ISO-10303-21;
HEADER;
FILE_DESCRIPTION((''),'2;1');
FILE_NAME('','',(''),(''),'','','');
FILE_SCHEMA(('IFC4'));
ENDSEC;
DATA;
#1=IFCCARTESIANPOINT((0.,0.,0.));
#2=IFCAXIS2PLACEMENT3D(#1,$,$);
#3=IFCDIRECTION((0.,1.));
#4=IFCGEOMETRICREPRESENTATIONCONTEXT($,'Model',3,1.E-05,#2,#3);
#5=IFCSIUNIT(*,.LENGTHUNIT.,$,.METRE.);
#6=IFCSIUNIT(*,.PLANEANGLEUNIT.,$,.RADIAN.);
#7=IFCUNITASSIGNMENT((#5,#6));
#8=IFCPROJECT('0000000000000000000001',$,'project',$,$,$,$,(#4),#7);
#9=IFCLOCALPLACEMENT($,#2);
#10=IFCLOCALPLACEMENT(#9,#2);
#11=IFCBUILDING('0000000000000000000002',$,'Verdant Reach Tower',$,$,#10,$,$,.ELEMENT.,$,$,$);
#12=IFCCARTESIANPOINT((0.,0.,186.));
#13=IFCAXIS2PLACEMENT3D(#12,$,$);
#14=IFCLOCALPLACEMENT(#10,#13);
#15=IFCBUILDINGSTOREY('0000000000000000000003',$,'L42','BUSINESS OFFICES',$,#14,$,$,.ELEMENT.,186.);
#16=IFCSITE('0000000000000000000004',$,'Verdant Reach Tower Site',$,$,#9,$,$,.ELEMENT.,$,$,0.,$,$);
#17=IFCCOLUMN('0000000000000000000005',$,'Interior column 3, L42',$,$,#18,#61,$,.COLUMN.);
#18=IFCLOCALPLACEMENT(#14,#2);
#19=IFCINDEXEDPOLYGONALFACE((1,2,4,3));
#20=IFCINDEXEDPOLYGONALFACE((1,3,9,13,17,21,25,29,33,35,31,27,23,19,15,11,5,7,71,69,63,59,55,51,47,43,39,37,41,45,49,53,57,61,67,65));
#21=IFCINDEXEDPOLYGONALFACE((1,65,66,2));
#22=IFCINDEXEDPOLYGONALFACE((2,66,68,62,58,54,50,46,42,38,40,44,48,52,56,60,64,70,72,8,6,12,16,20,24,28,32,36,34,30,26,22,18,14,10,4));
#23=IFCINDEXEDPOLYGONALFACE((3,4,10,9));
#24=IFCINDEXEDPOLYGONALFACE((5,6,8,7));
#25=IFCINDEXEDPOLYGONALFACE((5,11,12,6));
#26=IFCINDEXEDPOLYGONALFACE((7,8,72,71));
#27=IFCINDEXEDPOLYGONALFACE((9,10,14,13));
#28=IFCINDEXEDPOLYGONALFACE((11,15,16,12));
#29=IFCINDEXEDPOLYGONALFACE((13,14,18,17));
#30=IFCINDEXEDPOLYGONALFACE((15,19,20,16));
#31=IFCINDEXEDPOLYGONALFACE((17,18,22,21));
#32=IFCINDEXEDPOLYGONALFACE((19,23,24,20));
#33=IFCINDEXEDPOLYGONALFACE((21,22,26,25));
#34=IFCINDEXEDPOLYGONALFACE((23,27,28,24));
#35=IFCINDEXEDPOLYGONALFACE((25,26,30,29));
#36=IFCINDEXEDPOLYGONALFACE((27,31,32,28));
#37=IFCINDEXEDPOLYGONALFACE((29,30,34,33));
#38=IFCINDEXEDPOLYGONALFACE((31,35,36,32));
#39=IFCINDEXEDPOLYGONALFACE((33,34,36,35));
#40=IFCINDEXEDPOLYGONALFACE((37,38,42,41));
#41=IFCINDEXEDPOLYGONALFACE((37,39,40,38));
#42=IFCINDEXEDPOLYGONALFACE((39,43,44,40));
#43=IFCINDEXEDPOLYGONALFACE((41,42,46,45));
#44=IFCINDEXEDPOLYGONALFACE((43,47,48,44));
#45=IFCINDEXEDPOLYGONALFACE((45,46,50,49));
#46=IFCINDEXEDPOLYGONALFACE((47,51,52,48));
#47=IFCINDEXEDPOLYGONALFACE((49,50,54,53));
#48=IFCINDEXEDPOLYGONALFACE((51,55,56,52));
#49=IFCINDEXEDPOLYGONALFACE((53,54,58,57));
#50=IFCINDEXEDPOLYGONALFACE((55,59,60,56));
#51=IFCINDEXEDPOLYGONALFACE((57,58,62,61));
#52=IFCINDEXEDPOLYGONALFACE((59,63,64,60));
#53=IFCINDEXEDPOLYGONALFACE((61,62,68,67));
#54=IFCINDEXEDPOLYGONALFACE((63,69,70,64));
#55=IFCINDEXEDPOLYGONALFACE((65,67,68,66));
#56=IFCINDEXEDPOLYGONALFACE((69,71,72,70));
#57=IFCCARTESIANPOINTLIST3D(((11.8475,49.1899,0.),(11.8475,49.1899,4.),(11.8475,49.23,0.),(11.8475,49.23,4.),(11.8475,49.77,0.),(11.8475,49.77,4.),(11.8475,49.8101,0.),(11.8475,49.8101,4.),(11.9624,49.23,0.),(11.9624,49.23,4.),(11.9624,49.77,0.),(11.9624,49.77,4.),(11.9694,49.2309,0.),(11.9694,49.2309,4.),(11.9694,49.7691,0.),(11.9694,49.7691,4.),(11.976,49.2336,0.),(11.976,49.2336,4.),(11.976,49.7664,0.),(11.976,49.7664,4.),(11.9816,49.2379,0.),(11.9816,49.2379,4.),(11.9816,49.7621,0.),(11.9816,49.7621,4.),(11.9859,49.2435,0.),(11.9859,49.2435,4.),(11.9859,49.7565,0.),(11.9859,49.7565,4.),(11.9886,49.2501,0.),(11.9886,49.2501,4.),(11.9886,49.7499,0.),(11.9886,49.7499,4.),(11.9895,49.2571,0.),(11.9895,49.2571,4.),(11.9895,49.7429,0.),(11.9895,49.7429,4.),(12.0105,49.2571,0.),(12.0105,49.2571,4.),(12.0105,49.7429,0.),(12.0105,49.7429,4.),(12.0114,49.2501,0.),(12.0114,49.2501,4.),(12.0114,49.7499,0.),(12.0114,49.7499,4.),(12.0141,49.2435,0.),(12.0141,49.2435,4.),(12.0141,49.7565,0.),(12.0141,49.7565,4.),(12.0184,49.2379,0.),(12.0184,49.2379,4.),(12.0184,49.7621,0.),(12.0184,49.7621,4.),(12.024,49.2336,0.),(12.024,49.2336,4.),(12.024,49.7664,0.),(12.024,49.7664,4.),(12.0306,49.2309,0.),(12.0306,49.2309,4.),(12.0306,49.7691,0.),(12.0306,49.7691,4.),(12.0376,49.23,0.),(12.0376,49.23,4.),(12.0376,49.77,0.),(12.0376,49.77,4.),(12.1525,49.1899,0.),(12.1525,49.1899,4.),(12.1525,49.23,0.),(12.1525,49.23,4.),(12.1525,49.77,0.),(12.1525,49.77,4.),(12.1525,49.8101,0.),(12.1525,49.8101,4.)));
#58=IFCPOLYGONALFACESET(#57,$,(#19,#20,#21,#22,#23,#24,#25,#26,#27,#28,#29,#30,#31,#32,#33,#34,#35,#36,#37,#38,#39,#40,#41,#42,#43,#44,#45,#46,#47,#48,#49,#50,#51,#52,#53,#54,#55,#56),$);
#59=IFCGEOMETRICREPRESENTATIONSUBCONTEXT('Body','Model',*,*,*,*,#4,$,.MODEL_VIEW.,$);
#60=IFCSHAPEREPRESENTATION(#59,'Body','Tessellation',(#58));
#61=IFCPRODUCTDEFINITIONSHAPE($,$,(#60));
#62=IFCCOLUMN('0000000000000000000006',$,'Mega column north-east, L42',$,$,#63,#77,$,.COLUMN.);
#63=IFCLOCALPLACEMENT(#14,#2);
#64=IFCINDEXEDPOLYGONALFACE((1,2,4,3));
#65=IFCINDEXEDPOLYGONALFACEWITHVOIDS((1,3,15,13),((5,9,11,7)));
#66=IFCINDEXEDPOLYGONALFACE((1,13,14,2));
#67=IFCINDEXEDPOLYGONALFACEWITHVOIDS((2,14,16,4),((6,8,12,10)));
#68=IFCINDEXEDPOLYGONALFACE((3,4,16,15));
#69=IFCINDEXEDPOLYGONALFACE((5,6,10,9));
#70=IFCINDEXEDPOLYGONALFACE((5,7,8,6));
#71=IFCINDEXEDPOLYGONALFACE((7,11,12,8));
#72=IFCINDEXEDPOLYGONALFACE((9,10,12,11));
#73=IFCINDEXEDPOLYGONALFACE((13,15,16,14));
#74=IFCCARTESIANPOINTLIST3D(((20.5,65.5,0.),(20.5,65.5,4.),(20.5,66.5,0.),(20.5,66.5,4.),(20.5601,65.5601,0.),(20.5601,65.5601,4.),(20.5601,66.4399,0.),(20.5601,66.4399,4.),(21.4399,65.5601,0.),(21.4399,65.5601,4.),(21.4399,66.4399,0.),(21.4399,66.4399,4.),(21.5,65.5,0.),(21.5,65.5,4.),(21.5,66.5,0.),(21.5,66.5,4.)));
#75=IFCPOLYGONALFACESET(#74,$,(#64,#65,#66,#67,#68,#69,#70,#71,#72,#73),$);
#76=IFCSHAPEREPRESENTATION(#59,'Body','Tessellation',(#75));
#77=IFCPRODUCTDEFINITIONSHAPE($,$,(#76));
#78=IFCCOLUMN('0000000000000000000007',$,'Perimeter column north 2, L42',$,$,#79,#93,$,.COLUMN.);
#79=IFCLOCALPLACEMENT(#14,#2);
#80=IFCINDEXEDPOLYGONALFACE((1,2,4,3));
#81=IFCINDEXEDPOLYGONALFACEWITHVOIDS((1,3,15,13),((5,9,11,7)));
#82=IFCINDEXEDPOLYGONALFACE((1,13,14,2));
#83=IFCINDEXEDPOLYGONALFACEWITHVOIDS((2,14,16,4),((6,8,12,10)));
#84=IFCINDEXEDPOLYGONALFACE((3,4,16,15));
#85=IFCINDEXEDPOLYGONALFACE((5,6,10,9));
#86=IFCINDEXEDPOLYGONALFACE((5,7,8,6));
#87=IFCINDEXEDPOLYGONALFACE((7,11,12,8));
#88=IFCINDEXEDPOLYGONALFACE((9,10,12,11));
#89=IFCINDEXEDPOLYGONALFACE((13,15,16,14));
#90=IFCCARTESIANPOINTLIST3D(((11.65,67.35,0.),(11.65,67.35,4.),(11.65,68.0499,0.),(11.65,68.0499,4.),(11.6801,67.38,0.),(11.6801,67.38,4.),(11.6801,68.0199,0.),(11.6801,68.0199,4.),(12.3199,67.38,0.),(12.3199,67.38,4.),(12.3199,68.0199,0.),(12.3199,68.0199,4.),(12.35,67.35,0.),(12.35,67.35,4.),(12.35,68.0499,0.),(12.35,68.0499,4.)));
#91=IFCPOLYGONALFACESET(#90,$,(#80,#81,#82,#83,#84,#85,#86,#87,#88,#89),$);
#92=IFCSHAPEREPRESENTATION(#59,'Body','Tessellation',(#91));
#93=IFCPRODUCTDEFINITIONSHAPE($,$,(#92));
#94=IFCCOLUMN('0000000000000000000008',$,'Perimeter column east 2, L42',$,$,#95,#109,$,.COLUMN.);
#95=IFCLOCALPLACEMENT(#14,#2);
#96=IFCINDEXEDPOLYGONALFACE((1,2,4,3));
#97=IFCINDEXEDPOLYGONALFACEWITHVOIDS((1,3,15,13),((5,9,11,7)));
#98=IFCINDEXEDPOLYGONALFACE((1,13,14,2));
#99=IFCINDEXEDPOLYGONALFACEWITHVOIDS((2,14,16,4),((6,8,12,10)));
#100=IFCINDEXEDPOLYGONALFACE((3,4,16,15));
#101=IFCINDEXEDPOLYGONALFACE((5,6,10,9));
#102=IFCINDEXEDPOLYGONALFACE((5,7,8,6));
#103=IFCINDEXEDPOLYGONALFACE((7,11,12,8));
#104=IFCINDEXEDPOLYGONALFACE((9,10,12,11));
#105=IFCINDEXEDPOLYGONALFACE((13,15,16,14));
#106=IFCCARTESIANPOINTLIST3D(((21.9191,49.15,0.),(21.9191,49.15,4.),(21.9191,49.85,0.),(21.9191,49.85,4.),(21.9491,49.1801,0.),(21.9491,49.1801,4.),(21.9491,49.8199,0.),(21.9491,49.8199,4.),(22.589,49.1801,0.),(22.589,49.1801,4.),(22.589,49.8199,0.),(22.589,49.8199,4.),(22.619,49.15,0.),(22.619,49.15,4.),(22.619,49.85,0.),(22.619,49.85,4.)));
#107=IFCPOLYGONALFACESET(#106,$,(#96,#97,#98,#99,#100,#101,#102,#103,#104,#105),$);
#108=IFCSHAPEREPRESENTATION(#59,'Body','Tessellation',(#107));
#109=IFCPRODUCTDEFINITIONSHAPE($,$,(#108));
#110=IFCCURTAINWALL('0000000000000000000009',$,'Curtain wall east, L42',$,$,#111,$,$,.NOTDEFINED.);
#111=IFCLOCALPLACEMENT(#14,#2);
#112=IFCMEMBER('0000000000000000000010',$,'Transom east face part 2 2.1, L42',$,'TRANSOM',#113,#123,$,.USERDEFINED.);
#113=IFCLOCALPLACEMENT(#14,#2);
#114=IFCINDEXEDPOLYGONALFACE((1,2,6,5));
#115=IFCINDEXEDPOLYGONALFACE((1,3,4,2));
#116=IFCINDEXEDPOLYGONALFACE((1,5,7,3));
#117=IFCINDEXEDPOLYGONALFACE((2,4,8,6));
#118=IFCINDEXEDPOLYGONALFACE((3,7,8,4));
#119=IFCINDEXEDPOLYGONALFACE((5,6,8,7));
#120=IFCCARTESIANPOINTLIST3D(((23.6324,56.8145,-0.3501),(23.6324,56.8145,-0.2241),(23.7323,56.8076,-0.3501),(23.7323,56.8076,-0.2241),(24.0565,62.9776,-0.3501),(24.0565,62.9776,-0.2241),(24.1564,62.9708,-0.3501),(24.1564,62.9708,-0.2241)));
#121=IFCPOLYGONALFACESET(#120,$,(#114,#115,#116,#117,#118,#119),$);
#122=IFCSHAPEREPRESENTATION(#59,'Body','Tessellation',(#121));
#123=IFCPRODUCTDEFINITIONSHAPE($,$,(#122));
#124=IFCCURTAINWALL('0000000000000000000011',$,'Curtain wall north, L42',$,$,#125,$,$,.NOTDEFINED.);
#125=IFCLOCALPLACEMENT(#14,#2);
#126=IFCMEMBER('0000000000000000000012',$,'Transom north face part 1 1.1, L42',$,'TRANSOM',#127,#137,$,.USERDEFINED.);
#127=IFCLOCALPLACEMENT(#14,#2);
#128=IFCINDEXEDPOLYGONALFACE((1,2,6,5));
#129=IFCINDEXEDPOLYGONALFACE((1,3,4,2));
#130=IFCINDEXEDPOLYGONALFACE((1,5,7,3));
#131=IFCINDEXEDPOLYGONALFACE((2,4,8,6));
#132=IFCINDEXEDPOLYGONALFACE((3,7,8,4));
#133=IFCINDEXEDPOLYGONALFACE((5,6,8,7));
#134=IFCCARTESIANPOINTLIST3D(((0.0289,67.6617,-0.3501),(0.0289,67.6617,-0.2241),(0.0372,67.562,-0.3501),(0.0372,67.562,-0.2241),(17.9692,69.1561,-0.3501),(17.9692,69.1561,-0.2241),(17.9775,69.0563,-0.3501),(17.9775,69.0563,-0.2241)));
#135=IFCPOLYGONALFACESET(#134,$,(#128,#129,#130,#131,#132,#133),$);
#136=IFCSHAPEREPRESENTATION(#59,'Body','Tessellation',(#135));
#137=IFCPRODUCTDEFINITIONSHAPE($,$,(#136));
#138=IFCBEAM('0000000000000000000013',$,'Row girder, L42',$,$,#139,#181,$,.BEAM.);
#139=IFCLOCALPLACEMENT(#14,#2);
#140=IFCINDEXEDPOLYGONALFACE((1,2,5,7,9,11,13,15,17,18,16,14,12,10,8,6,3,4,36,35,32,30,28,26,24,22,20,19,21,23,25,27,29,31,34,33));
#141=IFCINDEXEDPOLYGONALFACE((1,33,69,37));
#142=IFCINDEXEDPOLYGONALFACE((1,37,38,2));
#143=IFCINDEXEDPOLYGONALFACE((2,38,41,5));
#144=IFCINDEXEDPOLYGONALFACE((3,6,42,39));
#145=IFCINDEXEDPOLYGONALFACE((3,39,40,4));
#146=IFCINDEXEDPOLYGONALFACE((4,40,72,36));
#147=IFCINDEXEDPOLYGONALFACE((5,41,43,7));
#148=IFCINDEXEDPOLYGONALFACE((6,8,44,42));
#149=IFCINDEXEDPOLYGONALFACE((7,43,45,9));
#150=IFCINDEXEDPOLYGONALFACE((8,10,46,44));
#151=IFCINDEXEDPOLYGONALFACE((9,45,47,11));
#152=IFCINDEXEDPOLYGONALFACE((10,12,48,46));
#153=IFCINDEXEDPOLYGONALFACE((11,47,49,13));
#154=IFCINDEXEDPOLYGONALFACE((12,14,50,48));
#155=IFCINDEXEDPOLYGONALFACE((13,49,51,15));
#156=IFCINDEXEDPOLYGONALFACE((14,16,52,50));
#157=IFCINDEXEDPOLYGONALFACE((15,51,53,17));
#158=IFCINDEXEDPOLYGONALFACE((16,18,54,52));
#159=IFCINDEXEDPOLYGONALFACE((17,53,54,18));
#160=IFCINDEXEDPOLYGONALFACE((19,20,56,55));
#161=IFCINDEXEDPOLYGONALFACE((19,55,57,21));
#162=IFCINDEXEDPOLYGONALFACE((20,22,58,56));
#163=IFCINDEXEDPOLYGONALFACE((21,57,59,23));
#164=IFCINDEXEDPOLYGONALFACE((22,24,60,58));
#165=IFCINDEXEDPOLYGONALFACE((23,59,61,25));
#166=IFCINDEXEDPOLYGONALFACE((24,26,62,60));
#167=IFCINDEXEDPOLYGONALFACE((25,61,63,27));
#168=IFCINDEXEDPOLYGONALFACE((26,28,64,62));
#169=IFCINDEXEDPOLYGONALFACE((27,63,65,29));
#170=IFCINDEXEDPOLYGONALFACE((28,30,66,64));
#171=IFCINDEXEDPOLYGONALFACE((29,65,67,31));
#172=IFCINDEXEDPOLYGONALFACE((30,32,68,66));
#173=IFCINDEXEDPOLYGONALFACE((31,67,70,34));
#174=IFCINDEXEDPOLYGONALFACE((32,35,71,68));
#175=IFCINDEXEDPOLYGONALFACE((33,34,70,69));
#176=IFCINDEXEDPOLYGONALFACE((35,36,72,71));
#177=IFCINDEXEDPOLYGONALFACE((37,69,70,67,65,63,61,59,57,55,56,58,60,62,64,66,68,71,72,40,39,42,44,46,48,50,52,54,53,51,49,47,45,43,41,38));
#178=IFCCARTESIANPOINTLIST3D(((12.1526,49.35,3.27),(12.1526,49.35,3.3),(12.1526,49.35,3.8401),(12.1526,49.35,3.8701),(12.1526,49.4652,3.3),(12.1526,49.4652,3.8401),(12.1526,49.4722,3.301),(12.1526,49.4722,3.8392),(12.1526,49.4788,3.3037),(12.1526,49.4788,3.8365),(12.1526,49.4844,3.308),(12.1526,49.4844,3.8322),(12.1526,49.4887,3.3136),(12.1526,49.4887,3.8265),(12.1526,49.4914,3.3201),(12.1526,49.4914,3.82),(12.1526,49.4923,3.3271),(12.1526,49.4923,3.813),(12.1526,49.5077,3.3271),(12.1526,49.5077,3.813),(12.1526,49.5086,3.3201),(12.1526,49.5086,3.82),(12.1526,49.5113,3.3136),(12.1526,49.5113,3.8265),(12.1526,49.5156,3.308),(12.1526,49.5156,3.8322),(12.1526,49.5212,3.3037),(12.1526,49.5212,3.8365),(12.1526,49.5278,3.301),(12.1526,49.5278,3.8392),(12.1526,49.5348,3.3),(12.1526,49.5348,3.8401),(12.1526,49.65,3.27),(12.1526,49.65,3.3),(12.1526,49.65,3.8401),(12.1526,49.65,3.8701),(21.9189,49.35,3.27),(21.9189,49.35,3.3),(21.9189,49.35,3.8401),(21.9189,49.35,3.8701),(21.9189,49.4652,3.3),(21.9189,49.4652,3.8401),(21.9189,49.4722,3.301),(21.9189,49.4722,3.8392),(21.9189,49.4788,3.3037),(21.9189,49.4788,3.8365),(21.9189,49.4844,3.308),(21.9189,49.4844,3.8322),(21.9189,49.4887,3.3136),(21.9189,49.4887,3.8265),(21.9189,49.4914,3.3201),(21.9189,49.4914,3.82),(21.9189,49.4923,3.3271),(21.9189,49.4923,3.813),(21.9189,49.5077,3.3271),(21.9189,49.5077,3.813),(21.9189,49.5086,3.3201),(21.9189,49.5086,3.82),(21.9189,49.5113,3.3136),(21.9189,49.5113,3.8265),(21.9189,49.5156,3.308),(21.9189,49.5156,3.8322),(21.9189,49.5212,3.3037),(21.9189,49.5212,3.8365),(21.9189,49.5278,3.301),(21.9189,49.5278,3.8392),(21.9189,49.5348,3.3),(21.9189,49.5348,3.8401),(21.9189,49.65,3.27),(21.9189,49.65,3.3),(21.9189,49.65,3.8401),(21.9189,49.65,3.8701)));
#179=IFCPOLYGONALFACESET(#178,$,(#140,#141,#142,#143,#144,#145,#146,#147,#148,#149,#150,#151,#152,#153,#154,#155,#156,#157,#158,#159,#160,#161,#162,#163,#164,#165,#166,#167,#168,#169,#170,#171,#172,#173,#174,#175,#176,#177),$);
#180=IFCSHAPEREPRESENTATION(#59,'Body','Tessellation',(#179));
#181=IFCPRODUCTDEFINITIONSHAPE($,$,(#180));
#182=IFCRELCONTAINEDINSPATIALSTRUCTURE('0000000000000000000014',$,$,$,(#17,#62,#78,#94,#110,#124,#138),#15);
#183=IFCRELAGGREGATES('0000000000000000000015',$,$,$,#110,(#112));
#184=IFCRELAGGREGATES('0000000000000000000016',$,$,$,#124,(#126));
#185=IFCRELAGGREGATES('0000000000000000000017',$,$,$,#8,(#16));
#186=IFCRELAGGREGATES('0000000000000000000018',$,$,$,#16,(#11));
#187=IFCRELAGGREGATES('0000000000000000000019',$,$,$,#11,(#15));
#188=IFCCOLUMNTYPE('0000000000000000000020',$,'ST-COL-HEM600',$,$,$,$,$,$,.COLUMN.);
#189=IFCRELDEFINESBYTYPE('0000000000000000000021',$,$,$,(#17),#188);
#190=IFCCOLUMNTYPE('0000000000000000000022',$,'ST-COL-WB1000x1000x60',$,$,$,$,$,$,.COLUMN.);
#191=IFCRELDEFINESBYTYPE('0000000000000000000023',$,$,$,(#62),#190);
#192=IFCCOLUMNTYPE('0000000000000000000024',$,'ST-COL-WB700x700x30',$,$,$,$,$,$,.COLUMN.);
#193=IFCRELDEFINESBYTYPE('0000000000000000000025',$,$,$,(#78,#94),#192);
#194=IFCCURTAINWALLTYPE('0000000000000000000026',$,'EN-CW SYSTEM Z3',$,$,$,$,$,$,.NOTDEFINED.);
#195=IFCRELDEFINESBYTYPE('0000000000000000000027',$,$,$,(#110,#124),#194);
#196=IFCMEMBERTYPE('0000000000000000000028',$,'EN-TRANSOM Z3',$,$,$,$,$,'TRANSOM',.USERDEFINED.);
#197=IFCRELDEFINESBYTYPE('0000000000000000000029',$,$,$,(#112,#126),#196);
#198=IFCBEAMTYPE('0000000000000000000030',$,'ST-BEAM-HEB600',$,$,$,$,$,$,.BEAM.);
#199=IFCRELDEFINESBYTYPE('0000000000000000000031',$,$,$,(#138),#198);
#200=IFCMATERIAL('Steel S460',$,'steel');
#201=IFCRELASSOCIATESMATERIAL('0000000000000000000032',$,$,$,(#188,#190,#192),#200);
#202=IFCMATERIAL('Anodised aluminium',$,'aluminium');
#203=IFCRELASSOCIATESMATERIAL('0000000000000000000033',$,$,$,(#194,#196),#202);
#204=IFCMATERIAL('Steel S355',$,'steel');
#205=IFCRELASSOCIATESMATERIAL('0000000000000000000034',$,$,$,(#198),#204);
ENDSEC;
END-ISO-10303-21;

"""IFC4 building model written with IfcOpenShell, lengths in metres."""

from ifc_helpers import new_model, si_unit, direction, frame, origin, origin_2d, place, context, subcontext, project, spatial, rectangle, hollow_rectangle, i_section, extrude, material, material_profile, profile_set, type_object, element, aggregate, save


model = new_model("IFC4")

# Units and contexts
model_context = context("Model", 3, precision=1e-05, world=origin(), true_north=direction((0.0, 1.0)))
body_context = subcontext(model_context, "Body", "Model", "MODEL_VIEW")
ifc_project = project(units=[si_unit("LENGTHUNIT", "METRE"), si_unit("PLANEANGLEUNIT", "RADIAN")], contexts=[model_context])

# Site, building, storey
site_placement = place(None, origin())
site = spatial("IfcSite", under=ifc_project, at=site_placement, Name="Verdant Reach Tower Site", CompositionType="ELEMENT", RefElevation=0.0)
building_placement = place(site_placement, origin())
building = spatial("IfcBuilding", under=site, at=building_placement, Name="Verdant Reach Tower", CompositionType="ELEMENT")
storey_placement = place(building_placement, frame((0.0, 0.0, 186.0)))
storey = spatial("IfcBuildingStorey", under=building, at=storey_placement, Name="L42", Description="BUSINESS OFFICES", CompositionType="ELEMENT", Elevation=186.0)

# Columns
ifc_material_1 = material(Name="Steel S460", Category="steel")
ifc_material_profile_1 = material_profile(ifc_material_1, i_section(OverallWidth=0.3049, OverallDepth=0.6201, WebThickness=0.021, FlangeThickness=0.04, FilletRadius=0.0271, at=origin_2d()), Name="HEM 600")
ifc_profile_set_1 = profile_set([ifc_material_profile_1], Name="Steel S460")
column_type_1 = type_object("IfcColumnType", Name="ST-COL-HEM600", PredefinedType="COLUMN", material=ifc_profile_set_1)
column_1_placement = place(storey_placement, frame((12.0, 49.5, 0.0), z_axis=(0.0, 0.0, 1.0), x_axis=(1.0, 0.0, 0.0)))
element("IfcColumn", 1, at=column_1_placement, inside=storey, type_object=column_type_1, Name="Interior column 3, L42", PredefinedType="COLUMN", context=body_context, shape_type="SweptSolid", body=[
    extrude(i_section(OverallWidth=0.3049, OverallDepth=0.6201, WebThickness=0.021, FlangeThickness=0.04, FilletRadius=0.0271, at=origin_2d()), origin(), (0.0, 0.0, 1.0), 4.0),
])
ifc_material_profile_2 = material_profile(ifc_material_1, hollow_rectangle(XDim=1.0, YDim=1.0, WallThickness=0.0601, at=origin_2d()), Name="WB 1000x1000x60")
ifc_profile_set_2 = profile_set([ifc_material_profile_2], Name="Steel S460")
column_type_2 = type_object("IfcColumnType", Name="ST-COL-WB1000x1000x60", PredefinedType="COLUMN", material=ifc_profile_set_2)
column_2_placement = place(storey_placement, frame((21.0, 66.0, 0.0), z_axis=(0.0, 0.0, 1.0), x_axis=(1.0, 0.0, 0.0)))
element("IfcColumn", 2, at=column_2_placement, inside=storey, type_object=column_type_2, Name="Mega column north-east, L42", PredefinedType="COLUMN", context=body_context, shape_type="SweptSolid", body=[
    extrude(hollow_rectangle(XDim=1.0, YDim=1.0, WallThickness=0.0601, at=origin_2d()), origin(), (0.0, 0.0, 1.0), 4.0),
])
ifc_material_profile_3 = material_profile(ifc_material_1, hollow_rectangle(XDim=0.7, YDim=0.7, WallThickness=0.03, at=origin_2d()), Name="WB 700x700x30")
ifc_profile_set_3 = profile_set([ifc_material_profile_3], Name="Steel S460")
column_type_3 = type_object("IfcColumnType", Name="ST-COL-WB700x700x30", PredefinedType="COLUMN", material=ifc_profile_set_3)
for number, where, z_axis, x_axis, name in (
    (3, (12.0, 67.7, 0.0), (0.0, 0.0, 1.0), (1.0, 0.0, 0.0), "Perimeter column north 2, L42"),
    (4, (22.269, 49.5, 0.0), (0.0, 0.0, 1.0), (1.0, 0.0, 0.0), "Perimeter column east 2, L42"),
):
    element("IfcColumn", number, at=place(storey_placement, frame(where, z_axis=z_axis, x_axis=x_axis)), inside=storey, type_object=column_type_3, Name=name, PredefinedType="COLUMN", context=body_context, shape_type="SweptSolid", body=[
        extrude(hollow_rectangle(XDim=0.7, YDim=0.7, WallThickness=0.03, at=origin_2d()), origin(), (0.0, 0.0, 1.0), 4.0),
    ])

# Curtain walls, members
ifc_material_2 = material(Name="Anodised aluminium", Category="aluminium")
curtain_wall_type = type_object("IfcCurtainWallType", Name="EN-CW SYSTEM Z3", PredefinedType="NOTDEFINED", material=ifc_material_2)
curtain_wall_1_placement = place(storey_placement, origin())
curtain_wall_1 = element("IfcCurtainWall", 5, at=curtain_wall_1_placement, inside=storey, type_object=curtain_wall_type, Name="Curtain wall east, L42", PredefinedType="NOTDEFINED")
ifc_material_profile_4 = material_profile(ifc_material_2, rectangle(XDim=0.1001, YDim=0.126, at=origin_2d()), Name="Transom 126x100")
ifc_profile_set_4 = profile_set([ifc_material_profile_4], Name="Anodised aluminium")
member_type = type_object("IfcMemberType", Name="EN-TRANSOM Z3", ElementType="TRANSOM", PredefinedType="USERDEFINED", material=ifc_profile_set_4)
member_1_placement = place(storey_placement, frame((23.6824, 56.811, -0.2871), z_axis=(0.068646, 0.997641, 0.0), x_axis=(-0.997641, 0.068646, 0.0)))
member_1 = element("IfcMember", 6, at=member_1_placement, type_object=member_type, Name="Transom east face part 2 2.1, L42", ObjectType="TRANSOM", PredefinedType="USERDEFINED", context=body_context, shape_type="SweptSolid", body=[
    extrude(rectangle(XDim=0.1001, YDim=0.126, at=origin_2d()), origin(), (0.0, 0.0, 1.0), 6.1777),
])
curtain_wall_2_placement = place(storey_placement, origin())
curtain_wall_2 = element("IfcCurtainWall", 7, at=curtain_wall_2_placement, inside=storey, type_object=curtain_wall_type, Name="Curtain wall north, L42", PredefinedType="NOTDEFINED")
member_2_placement = place(storey_placement, frame((17.9734, 69.1062, -0.2871), z_axis=(-0.996549, -0.08301, 0.0), x_axis=(0.08301, -0.996549, 0.0)))
member_2 = element("IfcMember", 8, at=member_2_placement, type_object=member_type, Name="Transom north face part 1 1.1, L42", ObjectType="TRANSOM", PredefinedType="USERDEFINED", context=body_context, shape_type="SweptSolid", body=[
    extrude(rectangle(XDim=0.1001, YDim=0.126, at=origin_2d()), origin(), (0.0, 0.0, 1.0), 18.0024),
])

# Beam
ifc_material_3 = material(Name="Steel S355", Category="steel")
ifc_material_profile_5 = material_profile(ifc_material_3, i_section(OverallWidth=0.3, OverallDepth=0.6001, WebThickness=0.0154, FlangeThickness=0.03, FilletRadius=0.0271, at=origin_2d()), Name="HEB 600")
ifc_profile_set_5 = profile_set([ifc_material_profile_5], Name="Steel S355")
beam_type_1 = type_object("IfcBeamType", Name="ST-BEAM-HEB600", PredefinedType="BEAM", material=ifc_profile_set_5)
beam_1_placement = place(storey_placement, frame((12.1526, 49.5, 3.5701), z_axis=(1.0, 0.0, 0.0), x_axis=(0.0, 1.0, 0.0)))
element("IfcBeam", 9, at=beam_1_placement, inside=storey, type_object=beam_type_1, Name="Row girder, L42", PredefinedType="BEAM", context=body_context, shape_type="SweptSolid", body=[
    extrude(i_section(OverallWidth=0.3, OverallDepth=0.6001, WebThickness=0.0154, FlangeThickness=0.03, FilletRadius=0.0271, at=origin_2d()), origin(), (0.0, 0.0, 1.0), 9.7664),
])

aggregate(curtain_wall_1, [member_1])
aggregate(curtain_wall_2, [member_2])

save(model, "model.ifc")
